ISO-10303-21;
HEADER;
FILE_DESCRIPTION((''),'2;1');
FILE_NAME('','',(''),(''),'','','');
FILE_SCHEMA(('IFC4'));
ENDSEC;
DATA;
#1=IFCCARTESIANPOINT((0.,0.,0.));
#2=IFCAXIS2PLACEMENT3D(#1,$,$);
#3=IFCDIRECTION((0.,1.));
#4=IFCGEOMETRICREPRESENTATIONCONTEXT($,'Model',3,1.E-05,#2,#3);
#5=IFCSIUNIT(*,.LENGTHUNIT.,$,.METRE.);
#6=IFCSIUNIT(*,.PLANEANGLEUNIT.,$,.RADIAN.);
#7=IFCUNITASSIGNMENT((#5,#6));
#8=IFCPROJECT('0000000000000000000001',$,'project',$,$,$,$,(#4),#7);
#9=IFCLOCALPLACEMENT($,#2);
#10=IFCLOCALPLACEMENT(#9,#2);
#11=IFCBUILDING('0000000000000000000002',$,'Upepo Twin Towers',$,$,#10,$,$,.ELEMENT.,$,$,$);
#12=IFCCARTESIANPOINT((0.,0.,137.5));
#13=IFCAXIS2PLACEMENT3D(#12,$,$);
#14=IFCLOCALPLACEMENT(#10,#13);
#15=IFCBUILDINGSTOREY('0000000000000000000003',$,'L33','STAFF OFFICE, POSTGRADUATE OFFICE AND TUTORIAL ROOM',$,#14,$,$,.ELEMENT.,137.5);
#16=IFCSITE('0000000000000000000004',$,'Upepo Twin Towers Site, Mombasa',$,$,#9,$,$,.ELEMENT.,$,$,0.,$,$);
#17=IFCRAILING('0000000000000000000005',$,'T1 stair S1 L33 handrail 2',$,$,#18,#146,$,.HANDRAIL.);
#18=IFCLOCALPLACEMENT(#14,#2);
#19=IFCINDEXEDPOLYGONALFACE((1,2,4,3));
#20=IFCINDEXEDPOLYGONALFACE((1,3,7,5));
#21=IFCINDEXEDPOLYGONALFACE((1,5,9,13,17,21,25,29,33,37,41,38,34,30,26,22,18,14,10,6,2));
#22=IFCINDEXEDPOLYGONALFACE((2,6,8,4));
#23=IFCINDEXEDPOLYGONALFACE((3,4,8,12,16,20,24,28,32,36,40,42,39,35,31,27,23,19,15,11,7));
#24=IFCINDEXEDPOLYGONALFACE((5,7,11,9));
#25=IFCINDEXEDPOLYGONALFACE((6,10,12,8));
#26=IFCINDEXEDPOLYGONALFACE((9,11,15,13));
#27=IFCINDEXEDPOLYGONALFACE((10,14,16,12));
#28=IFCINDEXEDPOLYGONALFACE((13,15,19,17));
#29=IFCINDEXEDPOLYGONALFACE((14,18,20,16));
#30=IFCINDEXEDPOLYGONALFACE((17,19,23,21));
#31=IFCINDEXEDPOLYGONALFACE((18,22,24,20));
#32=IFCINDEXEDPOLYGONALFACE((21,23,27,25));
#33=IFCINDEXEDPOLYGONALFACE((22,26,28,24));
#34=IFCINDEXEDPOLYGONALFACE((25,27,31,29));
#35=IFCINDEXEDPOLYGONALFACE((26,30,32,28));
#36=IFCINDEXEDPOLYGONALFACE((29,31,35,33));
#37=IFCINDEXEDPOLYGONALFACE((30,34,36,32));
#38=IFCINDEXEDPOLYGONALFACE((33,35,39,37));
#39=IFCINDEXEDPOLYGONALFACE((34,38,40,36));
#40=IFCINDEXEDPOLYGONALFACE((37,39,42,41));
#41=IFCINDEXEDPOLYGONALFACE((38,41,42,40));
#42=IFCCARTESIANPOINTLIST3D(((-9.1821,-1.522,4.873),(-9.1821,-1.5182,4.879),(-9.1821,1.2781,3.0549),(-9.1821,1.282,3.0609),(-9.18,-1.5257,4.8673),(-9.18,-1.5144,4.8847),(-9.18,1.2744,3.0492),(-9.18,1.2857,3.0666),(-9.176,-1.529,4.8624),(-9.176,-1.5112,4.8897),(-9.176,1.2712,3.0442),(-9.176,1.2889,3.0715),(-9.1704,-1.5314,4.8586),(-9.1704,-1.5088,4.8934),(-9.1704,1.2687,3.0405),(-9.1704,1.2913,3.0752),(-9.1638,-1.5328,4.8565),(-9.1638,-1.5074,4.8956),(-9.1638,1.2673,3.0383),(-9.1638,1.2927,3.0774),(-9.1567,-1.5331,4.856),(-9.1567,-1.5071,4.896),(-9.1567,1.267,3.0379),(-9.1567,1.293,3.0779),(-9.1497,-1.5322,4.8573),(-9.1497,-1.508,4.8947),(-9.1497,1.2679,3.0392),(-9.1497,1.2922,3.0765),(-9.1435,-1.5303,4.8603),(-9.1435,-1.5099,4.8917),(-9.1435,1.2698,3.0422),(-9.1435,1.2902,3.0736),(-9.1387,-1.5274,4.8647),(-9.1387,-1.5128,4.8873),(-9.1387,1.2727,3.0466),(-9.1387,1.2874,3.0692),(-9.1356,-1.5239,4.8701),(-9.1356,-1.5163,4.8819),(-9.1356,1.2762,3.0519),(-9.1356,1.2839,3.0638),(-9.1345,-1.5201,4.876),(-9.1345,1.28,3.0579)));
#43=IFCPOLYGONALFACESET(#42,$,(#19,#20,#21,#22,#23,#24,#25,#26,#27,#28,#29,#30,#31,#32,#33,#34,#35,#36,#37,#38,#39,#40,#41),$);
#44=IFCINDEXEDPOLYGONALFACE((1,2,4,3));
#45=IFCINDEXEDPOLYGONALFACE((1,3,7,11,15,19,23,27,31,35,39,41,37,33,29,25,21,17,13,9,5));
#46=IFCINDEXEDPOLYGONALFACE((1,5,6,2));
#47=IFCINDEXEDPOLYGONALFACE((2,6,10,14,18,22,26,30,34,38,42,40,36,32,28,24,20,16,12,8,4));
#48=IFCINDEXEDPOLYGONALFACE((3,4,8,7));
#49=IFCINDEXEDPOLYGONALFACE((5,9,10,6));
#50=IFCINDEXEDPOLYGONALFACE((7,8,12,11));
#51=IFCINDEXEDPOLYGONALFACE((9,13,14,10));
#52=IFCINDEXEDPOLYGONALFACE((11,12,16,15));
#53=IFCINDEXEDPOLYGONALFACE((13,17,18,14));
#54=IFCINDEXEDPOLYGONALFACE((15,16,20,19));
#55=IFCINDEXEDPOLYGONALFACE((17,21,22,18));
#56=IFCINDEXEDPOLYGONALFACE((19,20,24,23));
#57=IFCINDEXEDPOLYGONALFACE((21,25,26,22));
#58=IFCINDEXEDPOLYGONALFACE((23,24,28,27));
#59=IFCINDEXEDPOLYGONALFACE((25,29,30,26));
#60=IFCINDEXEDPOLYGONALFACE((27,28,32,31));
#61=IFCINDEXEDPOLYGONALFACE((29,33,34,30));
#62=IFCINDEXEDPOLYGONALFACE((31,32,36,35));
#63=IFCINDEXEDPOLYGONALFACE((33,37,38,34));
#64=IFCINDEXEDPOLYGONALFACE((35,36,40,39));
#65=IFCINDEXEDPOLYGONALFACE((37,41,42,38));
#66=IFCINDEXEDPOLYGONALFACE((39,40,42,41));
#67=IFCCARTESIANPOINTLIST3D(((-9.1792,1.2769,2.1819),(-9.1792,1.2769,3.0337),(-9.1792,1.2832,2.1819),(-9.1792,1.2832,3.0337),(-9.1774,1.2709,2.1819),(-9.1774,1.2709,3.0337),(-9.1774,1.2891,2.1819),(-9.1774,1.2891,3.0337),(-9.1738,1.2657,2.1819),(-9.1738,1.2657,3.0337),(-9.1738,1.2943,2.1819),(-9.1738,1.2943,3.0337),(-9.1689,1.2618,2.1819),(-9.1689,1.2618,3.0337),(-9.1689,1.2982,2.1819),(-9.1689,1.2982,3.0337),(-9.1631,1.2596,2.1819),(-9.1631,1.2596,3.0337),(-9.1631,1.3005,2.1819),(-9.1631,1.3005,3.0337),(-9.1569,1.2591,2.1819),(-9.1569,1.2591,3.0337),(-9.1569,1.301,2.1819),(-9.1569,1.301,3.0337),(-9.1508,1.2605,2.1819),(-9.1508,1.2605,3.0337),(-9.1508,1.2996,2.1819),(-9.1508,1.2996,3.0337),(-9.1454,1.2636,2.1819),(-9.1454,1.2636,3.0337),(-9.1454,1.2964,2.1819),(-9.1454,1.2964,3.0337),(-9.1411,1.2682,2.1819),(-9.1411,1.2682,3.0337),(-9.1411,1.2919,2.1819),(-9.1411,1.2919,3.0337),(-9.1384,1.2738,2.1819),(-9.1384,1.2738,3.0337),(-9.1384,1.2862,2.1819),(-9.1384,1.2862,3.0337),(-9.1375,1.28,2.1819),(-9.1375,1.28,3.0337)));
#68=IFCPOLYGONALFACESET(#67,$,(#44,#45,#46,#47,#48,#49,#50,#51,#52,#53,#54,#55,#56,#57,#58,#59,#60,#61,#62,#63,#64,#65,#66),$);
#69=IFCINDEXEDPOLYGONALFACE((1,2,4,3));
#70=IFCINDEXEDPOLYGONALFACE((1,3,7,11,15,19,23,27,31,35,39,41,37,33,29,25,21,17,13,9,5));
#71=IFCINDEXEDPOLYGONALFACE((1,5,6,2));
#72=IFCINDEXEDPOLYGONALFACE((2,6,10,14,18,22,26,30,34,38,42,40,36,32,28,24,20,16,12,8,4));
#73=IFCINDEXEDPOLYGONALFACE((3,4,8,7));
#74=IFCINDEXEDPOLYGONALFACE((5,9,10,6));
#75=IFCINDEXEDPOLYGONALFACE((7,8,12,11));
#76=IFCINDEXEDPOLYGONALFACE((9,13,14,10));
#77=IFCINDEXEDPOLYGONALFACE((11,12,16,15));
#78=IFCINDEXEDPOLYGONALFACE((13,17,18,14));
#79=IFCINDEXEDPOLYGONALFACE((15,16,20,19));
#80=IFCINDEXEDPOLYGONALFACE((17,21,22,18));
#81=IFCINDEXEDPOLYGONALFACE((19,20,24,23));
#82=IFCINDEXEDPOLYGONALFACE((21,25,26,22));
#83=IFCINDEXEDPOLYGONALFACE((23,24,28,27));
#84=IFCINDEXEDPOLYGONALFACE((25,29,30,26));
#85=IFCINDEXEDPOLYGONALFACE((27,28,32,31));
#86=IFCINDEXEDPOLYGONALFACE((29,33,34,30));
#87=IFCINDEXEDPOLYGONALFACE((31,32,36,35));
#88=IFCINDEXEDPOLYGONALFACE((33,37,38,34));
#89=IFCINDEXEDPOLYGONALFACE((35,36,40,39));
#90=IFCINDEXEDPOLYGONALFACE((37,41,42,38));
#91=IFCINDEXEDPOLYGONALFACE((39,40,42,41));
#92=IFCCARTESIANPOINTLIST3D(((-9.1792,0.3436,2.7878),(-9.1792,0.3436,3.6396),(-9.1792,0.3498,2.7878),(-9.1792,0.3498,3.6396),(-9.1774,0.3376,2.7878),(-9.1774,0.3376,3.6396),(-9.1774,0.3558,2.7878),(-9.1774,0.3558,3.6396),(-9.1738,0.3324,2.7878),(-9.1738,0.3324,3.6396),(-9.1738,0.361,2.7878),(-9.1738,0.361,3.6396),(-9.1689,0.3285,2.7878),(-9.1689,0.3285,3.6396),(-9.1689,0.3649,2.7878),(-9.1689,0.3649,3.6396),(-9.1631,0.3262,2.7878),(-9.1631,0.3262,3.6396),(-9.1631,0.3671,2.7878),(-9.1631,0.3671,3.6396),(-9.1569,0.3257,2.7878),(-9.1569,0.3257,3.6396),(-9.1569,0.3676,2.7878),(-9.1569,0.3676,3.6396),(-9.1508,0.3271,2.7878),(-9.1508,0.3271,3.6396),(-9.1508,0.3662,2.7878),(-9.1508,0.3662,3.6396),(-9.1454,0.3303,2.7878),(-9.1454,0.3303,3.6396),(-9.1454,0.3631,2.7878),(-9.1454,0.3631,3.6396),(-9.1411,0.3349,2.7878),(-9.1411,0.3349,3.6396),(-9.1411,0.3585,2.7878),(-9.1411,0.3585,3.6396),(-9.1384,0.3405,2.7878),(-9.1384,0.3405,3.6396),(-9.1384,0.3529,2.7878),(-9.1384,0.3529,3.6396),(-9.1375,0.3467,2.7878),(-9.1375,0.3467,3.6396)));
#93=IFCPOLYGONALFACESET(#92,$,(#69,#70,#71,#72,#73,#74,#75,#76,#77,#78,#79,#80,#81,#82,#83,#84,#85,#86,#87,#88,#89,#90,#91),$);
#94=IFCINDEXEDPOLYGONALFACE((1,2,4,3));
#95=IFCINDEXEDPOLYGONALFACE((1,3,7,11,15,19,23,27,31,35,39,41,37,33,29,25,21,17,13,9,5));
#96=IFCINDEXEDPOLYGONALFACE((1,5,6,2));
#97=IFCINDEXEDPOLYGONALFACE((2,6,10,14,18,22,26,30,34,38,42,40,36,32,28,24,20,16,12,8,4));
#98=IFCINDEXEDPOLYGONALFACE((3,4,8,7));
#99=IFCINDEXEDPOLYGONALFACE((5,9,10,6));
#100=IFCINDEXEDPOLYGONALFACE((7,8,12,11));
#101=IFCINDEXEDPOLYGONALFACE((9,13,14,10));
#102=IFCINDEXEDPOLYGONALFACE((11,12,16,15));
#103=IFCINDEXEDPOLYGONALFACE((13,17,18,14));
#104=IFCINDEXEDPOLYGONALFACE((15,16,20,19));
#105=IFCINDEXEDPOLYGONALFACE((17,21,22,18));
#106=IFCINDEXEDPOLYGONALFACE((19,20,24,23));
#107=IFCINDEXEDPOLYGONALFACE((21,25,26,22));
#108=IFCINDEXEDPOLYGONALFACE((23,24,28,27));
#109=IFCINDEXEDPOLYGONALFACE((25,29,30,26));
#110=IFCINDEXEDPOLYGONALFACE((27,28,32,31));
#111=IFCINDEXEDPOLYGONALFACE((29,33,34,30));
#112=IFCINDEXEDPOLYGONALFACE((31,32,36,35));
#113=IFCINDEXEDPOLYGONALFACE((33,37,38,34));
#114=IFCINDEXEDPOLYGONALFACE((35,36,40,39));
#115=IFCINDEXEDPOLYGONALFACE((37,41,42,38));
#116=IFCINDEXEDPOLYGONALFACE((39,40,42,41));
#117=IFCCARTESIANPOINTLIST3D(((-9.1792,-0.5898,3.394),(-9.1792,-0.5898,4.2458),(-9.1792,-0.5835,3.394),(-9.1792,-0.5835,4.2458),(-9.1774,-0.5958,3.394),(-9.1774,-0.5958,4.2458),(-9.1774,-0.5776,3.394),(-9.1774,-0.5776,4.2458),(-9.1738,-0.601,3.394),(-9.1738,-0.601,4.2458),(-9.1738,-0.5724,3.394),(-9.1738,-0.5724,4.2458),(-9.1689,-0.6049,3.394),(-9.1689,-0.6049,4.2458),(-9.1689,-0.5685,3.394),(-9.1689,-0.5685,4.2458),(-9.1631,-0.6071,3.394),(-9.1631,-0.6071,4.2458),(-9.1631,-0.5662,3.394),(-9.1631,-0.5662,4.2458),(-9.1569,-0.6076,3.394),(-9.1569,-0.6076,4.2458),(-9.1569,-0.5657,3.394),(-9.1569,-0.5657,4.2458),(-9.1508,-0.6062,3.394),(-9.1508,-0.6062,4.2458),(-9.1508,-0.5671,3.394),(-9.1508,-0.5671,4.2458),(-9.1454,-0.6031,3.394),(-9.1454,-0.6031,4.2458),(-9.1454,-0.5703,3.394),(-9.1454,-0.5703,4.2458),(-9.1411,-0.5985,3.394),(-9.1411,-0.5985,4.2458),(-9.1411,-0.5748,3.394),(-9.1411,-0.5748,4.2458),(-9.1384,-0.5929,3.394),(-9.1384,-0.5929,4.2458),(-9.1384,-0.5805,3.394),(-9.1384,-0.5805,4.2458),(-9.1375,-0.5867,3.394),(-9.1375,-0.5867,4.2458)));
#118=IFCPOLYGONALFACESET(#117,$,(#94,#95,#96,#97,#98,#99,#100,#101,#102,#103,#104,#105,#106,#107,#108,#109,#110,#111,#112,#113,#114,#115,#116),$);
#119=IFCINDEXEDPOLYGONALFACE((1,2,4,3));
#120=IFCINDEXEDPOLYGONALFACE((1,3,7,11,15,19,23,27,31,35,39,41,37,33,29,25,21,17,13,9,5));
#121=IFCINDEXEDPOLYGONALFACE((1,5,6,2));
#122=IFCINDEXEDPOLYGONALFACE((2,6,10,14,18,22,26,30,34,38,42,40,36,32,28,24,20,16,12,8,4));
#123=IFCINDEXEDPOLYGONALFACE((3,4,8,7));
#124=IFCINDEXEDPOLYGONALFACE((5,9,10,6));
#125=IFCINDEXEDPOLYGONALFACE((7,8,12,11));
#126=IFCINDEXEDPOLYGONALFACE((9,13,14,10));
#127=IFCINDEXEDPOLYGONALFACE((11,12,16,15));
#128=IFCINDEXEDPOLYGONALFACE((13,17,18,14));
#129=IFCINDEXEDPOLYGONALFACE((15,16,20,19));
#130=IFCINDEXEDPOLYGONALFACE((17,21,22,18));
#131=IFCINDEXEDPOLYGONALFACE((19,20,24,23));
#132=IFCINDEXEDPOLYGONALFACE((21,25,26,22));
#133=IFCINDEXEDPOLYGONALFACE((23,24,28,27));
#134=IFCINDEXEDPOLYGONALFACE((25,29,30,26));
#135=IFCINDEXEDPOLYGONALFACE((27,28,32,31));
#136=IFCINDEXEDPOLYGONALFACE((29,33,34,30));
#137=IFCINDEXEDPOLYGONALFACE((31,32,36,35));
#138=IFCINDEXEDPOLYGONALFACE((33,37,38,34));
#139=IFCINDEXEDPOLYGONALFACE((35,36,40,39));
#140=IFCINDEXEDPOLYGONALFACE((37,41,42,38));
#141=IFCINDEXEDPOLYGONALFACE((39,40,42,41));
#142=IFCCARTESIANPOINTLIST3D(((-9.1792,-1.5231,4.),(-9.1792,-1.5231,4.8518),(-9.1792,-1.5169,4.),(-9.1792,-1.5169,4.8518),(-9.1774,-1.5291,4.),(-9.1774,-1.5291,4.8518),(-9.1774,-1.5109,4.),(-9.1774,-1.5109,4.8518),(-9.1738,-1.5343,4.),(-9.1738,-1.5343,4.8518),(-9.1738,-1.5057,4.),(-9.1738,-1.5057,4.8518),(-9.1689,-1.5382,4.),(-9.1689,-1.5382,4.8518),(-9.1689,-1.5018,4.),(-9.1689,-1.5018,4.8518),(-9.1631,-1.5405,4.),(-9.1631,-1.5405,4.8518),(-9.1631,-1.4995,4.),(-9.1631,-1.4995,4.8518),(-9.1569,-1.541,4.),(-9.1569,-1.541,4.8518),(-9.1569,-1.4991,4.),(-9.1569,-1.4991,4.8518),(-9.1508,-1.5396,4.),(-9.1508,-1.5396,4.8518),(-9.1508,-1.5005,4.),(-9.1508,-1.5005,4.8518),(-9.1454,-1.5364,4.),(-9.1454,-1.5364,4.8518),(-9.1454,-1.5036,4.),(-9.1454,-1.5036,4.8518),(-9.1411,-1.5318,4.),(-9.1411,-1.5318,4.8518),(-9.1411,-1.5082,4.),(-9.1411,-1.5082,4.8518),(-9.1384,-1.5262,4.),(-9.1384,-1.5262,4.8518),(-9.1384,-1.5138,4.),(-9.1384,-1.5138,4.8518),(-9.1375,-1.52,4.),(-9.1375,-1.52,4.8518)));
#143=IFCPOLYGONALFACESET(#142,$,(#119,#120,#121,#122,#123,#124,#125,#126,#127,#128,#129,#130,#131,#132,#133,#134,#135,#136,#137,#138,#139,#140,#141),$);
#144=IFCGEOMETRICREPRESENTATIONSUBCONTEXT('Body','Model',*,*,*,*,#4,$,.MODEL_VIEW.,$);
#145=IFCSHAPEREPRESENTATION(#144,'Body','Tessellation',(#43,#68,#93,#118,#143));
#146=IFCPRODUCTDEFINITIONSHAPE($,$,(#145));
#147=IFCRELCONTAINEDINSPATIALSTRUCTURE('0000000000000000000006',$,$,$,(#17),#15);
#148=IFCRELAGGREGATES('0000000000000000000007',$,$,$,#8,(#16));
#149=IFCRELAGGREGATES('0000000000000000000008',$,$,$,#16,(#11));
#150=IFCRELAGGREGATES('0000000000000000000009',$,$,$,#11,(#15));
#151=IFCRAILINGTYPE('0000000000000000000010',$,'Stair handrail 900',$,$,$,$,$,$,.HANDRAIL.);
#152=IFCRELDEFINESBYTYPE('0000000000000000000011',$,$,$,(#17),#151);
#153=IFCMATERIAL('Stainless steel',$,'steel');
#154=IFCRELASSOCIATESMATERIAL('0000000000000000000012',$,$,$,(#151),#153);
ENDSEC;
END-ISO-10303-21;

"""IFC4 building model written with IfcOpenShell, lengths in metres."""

from ifc_helpers import new_model, si_unit, direction, frame, origin, origin_2d, place, context, subcontext, project, spatial, circle, extrude, material, type_object, element, save


model = new_model("IFC4")

# Units and contexts
model_context = context("Model", 3, precision=1e-05, world=origin(), true_north=direction((0.0, 1.0)))
body_context = subcontext(model_context, "Body", "Model", "MODEL_VIEW")
ifc_project = project(units=[si_unit("LENGTHUNIT", "METRE"), si_unit("PLANEANGLEUNIT", "RADIAN")], contexts=[model_context])

# Site, building, storey
site_placement = place(None, origin())
site = spatial("IfcSite", under=ifc_project, at=site_placement, Name="Upepo Twin Towers Site, Mombasa", CompositionType="ELEMENT", RefElevation=0.0)
building_placement = place(site_placement, origin())
building = spatial("IfcBuilding", under=site, at=building_placement, Name="Upepo Twin Towers", CompositionType="ELEMENT")
storey_placement = place(building_placement, frame((0.0, 0.0, 137.5)))
storey = spatial("IfcBuildingStorey", under=building, at=storey_placement, Name="L33", Description="STAFF OFFICE, POSTGRADUATE OFFICE AND TUTORIAL ROOM", CompositionType="ELEMENT", Elevation=137.5)

# Railing
ifc_material_1 = material(Name="Stainless steel", Category="steel")
railing_type = type_object("IfcRailingType", Name="Stair handrail 900", PredefinedType="HANDRAIL", material=ifc_material_1)
railing_1_placement = place(storey_placement, frame((-9.1584, 1.28, 2.1819)))
element("IfcRailing", 1, at=railing_1_placement, inside=storey, type_object=railing_type, Name="T1 stair S1 L33 handrail 2", PredefinedType="HANDRAIL", context=body_context, shape_type="SweptSolid", body=[
    extrude(circle(Radius=0.0239, at=origin_2d()), frame((0.0, 0.0, 0.876), z_axis=(0.0, -0.838706, 0.544585), x_axis=(1.0, 0.0, 0.0)), (0.0, 0.0, 1.0), 3.3386),
    extrude(circle(Radius=0.021, at=origin_2d()), origin(), (0.0, 0.0, 1.0), 0.8518),
    extrude(circle(Radius=0.021, at=origin_2d()), frame((0.0, -0.9333, 0.606)), (0.0, 0.0, 1.0), 0.8518),
    extrude(circle(Radius=0.021, at=origin_2d()), frame((0.0, -1.8667, 1.2122)), (0.0, 0.0, 1.0), 0.8518),
    extrude(circle(Radius=0.021, at=origin_2d()), frame((0.0, -2.8, 1.8181)), (0.0, 0.0, 1.0), 0.8518),
])

save(model, "model.ifc")
